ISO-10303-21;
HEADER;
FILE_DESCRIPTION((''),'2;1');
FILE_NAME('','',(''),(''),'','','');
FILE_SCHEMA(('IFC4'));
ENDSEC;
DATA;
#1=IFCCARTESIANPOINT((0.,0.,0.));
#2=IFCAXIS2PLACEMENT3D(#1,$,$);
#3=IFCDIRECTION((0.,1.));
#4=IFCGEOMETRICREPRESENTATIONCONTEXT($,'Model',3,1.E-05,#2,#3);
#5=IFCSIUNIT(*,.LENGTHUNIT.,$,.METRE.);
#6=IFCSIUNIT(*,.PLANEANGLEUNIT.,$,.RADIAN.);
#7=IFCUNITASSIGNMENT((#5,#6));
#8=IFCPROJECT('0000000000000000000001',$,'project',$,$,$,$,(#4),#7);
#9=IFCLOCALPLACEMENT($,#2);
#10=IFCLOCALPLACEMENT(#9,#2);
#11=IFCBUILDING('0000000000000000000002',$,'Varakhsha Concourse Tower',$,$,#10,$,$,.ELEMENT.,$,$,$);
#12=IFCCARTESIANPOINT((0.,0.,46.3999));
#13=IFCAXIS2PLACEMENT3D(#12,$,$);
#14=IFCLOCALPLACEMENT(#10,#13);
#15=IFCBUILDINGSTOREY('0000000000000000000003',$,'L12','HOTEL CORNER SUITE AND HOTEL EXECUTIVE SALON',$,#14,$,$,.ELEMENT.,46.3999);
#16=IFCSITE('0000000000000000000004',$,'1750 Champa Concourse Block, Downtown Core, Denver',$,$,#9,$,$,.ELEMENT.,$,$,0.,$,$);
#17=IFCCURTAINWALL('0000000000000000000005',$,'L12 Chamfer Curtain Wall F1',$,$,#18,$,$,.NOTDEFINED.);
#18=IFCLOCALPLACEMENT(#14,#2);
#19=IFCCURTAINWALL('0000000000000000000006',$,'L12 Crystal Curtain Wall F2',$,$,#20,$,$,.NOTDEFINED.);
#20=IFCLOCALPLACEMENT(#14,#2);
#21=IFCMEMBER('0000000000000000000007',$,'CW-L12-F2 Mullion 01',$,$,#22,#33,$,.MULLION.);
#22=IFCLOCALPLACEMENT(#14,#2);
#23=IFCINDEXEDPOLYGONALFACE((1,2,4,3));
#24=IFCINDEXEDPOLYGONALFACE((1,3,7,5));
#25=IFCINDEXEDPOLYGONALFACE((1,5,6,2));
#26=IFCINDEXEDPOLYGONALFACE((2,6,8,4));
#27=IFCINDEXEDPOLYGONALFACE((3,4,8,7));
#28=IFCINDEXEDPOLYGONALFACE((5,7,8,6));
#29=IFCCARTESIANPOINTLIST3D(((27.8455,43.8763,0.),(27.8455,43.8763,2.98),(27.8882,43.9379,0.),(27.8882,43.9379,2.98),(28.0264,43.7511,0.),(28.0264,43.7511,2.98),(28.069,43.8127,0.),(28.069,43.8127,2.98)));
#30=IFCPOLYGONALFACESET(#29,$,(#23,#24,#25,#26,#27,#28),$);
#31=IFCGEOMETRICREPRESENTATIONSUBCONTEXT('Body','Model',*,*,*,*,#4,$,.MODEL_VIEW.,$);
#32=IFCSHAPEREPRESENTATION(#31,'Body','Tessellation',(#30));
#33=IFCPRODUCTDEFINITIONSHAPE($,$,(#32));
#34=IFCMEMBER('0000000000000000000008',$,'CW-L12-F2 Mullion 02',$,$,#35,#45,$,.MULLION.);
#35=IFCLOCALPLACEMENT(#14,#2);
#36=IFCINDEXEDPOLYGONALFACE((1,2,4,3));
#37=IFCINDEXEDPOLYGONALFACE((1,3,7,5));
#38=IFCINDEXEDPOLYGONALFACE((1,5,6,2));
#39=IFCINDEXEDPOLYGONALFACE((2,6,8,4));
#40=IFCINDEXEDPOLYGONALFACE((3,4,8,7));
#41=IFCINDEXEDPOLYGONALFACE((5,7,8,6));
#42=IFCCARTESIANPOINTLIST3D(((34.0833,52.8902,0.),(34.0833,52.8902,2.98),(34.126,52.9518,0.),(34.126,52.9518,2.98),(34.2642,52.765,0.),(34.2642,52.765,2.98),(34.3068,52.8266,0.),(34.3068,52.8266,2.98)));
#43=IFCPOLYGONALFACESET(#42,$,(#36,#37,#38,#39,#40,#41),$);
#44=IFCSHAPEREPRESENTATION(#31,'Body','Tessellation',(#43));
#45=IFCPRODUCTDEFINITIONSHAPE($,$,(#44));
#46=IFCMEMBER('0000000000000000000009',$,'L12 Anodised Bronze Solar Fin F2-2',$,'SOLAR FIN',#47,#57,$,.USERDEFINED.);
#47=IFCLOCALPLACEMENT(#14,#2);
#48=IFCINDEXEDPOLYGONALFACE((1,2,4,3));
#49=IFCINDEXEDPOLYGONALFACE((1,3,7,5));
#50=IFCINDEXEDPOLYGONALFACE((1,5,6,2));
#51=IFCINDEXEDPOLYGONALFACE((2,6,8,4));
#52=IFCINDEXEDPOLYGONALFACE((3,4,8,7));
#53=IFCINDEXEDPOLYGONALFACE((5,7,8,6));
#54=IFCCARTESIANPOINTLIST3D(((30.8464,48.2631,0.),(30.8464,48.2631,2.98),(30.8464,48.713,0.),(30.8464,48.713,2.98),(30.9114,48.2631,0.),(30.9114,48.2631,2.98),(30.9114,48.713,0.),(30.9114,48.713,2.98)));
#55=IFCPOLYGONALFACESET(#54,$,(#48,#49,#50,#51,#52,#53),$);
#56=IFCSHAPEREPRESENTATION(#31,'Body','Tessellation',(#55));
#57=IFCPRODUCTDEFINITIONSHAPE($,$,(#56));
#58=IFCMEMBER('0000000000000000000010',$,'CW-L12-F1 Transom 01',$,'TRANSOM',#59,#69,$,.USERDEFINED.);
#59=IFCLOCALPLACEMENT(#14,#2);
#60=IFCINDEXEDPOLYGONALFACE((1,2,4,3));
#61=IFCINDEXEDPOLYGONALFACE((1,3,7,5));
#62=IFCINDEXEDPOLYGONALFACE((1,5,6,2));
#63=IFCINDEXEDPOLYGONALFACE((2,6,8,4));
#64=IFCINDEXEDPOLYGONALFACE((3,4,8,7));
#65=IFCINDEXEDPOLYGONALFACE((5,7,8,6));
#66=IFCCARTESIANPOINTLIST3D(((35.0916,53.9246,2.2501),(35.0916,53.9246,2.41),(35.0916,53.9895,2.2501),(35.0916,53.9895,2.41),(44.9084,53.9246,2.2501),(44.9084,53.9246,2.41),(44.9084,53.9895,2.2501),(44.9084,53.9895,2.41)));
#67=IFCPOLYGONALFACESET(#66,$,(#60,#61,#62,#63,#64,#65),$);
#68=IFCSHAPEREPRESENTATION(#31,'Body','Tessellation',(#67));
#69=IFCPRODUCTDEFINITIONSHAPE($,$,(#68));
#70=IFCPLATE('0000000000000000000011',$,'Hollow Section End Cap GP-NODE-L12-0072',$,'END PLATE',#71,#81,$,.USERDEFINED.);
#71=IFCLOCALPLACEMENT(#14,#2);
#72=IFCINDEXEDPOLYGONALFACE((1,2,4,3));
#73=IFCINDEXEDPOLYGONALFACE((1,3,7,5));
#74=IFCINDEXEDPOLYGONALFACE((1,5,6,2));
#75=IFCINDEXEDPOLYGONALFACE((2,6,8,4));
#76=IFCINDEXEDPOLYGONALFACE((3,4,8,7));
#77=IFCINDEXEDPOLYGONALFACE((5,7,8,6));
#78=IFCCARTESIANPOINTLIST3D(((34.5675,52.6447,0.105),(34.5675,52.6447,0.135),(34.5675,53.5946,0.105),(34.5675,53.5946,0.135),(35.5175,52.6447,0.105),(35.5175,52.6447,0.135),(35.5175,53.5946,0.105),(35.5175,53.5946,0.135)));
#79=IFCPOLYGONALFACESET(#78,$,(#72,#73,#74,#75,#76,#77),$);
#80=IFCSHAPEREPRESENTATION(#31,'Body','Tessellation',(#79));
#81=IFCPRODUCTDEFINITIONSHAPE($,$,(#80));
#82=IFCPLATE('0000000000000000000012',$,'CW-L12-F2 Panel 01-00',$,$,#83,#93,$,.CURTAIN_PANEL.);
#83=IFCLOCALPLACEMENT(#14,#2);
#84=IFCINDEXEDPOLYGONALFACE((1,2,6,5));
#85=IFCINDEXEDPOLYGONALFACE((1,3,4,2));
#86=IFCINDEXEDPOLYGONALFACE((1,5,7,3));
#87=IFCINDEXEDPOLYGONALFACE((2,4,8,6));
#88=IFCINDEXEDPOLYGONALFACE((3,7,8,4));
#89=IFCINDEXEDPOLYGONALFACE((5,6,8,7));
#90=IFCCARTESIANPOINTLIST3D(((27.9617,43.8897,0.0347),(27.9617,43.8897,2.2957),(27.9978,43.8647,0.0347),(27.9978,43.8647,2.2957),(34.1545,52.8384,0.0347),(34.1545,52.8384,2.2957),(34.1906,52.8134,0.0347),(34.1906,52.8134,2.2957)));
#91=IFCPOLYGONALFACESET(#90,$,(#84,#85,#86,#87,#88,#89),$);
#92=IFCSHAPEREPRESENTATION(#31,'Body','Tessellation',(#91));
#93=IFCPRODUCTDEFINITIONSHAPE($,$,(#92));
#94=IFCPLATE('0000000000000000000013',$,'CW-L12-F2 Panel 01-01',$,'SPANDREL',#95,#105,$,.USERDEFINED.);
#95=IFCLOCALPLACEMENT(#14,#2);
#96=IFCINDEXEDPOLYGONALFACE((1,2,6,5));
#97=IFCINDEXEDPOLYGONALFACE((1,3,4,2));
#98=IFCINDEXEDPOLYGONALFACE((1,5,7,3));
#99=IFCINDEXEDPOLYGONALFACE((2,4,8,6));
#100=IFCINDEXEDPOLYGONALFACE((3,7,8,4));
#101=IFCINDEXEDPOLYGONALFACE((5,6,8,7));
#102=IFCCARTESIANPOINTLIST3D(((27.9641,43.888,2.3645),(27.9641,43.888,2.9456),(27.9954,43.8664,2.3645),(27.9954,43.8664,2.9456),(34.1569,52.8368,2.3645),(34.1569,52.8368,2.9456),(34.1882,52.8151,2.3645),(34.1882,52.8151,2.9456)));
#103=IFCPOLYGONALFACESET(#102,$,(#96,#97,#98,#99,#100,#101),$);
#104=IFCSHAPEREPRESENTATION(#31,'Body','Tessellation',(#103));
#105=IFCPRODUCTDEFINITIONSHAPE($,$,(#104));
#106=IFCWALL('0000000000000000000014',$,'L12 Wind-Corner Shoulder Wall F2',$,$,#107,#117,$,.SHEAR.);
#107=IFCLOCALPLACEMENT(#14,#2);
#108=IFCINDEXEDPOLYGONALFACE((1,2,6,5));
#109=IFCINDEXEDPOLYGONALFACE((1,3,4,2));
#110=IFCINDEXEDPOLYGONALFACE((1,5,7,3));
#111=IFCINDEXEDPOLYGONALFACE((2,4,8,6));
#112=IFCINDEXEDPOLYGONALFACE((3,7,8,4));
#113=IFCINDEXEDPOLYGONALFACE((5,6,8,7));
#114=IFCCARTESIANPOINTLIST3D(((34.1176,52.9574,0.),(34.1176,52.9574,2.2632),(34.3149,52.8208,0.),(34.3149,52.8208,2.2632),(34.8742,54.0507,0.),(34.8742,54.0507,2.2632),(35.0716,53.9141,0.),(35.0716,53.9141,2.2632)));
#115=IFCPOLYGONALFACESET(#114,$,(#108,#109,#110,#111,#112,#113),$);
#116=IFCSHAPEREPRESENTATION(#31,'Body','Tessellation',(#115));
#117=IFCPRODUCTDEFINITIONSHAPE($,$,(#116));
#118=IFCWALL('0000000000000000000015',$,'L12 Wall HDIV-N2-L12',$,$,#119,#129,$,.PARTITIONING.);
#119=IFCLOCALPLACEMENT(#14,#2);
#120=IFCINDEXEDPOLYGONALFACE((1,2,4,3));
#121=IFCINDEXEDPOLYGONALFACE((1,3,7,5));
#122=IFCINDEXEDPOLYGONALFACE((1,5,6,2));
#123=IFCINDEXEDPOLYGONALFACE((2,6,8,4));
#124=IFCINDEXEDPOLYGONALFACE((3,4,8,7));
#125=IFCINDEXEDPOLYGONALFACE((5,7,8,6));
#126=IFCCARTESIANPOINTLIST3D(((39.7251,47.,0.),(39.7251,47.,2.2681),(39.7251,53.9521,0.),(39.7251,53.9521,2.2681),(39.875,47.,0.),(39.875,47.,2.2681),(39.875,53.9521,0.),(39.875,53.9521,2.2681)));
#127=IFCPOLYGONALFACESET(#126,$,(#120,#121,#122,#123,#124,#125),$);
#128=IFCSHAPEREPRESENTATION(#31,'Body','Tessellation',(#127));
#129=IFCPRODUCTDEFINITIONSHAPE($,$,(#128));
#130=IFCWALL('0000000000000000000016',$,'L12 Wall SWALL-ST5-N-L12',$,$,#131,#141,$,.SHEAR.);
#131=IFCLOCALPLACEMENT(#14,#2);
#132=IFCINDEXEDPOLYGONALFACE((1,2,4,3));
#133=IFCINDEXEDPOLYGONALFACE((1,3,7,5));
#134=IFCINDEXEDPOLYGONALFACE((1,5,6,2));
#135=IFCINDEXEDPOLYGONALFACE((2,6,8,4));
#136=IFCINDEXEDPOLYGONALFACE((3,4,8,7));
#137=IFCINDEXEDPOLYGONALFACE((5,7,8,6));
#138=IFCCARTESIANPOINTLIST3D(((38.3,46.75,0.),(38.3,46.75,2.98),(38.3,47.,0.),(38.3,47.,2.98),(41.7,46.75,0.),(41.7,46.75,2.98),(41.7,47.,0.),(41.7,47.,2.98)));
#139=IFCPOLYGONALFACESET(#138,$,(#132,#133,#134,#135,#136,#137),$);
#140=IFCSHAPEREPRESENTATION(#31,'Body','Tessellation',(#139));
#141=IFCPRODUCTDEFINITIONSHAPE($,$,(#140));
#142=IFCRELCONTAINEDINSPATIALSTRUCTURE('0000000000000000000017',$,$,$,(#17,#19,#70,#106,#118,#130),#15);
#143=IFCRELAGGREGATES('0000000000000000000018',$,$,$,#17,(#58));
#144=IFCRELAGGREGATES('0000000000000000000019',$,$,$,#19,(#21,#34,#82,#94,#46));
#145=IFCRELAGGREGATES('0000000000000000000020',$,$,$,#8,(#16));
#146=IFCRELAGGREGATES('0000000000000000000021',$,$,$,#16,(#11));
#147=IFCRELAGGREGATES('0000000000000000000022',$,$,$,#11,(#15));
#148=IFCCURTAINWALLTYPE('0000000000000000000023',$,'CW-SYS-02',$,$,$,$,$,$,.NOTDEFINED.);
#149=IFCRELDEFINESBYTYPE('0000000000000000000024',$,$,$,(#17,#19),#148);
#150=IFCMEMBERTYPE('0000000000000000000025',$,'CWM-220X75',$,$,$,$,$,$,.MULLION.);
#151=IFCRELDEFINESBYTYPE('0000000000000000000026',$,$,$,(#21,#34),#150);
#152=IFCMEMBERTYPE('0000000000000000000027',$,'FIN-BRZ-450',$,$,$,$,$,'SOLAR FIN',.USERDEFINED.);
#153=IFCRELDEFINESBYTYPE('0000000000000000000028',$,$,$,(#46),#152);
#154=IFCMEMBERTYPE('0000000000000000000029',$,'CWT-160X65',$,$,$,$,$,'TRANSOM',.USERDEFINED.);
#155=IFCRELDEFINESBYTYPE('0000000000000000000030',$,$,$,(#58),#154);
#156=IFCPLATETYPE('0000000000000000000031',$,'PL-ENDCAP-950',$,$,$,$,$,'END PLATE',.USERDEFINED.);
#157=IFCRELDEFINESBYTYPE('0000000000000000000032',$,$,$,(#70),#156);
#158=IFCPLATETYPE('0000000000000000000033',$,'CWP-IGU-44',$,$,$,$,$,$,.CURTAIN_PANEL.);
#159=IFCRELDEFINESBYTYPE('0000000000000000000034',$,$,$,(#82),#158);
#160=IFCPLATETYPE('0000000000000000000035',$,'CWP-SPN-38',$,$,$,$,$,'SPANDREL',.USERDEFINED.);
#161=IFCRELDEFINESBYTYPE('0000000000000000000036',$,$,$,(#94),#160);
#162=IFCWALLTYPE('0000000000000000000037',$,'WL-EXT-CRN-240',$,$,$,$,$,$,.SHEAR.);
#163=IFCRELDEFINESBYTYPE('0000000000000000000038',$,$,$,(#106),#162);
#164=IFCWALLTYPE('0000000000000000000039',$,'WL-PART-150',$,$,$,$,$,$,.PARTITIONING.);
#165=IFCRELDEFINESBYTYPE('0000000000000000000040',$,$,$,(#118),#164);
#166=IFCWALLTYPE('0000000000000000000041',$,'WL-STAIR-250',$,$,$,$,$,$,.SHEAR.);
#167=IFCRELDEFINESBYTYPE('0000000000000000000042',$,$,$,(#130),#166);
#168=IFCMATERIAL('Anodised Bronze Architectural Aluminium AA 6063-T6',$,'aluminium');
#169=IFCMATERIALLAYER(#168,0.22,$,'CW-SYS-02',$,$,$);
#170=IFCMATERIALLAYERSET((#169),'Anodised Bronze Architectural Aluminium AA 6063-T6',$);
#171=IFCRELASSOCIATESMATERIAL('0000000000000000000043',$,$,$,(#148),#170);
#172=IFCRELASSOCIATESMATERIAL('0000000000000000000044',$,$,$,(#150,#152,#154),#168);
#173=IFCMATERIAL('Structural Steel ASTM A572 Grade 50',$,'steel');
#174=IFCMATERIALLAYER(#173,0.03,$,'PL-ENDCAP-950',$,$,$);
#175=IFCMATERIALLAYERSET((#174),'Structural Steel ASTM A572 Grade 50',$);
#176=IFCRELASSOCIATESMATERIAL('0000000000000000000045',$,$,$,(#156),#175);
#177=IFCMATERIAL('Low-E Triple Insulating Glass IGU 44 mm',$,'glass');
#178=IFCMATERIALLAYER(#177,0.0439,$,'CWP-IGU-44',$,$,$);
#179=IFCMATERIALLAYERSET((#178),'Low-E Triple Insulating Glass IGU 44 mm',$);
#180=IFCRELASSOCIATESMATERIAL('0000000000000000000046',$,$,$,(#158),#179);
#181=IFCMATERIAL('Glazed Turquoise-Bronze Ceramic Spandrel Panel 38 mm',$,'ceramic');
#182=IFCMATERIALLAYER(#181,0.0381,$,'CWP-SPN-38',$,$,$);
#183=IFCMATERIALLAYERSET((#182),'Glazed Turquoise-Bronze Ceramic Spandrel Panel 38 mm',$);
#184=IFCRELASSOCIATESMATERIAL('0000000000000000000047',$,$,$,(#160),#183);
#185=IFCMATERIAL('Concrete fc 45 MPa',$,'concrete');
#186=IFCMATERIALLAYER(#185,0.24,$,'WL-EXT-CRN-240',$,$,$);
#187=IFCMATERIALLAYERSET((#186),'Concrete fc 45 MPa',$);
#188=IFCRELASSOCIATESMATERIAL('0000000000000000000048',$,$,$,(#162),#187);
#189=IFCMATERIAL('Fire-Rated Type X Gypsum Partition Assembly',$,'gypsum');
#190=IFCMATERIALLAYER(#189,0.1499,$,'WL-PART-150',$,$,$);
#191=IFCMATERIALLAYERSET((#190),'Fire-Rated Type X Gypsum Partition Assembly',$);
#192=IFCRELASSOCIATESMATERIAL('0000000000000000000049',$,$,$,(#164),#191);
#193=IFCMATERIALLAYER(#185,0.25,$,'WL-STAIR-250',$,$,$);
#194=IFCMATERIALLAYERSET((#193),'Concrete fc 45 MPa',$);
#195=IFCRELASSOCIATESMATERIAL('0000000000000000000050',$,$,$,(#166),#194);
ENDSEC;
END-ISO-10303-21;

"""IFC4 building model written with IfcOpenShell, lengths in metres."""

from ifc_helpers import new_model, si_unit, direction, frame, frame_2d, origin, origin_2d, place, context, subcontext, project, spatial, rectangle, extrude, source, transform, mapped, material, layer, layer_set, material_profile, profile_set, type_object, type_shapes, element, aggregate, save


model = new_model("IFC4")

# Units and contexts
model_context = context("Model", 3, precision=1e-05, world=origin(), true_north=direction((0.0, 1.0)))
body_context = subcontext(model_context, "Body", "Model", "MODEL_VIEW")
ifc_project = project(units=[si_unit("LENGTHUNIT", "METRE"), si_unit("PLANEANGLEUNIT", "RADIAN")], contexts=[model_context])

# Site, building, storey
site_placement = place(None, origin())
site = spatial("IfcSite", under=ifc_project, at=site_placement, Name="1750 Champa Concourse Block, Downtown Core, Denver", CompositionType="ELEMENT", RefElevation=0.0)
building_placement = place(site_placement, origin())
building = spatial("IfcBuilding", under=site, at=building_placement, Name="Varakhsha Concourse Tower", CompositionType="ELEMENT")
storey_placement = place(building_placement, frame((0.0, 0.0, 46.3999)))
storey = spatial("IfcBuildingStorey", under=building, at=storey_placement, Name="L12", Description="HOTEL CORNER SUITE AND HOTEL EXECUTIVE SALON", CompositionType="ELEMENT", Elevation=46.3999)

# Shared definitions
ifc_material_1 = material(Name="Structural Steel ASTM A572 Grade 50", Category="steel")

# Curtain wall
ifc_material_2 = material(Name="Anodised Bronze Architectural Aluminium AA 6063-T6", Category="aluminium")
ifc_layer_1 = layer(ifc_material_2, 0.22, Name="CW-SYS-02")
ifc_layer_set_1 = layer_set([ifc_layer_1], Name="Anodised Bronze Architectural Aluminium AA 6063-T6")
curtain_wall_type = type_object("IfcCurtainWallType", Name="CW-SYS-02", PredefinedType="NOTDEFINED", material=ifc_layer_set_1)
curtain_wall_1_placement = place(storey_placement, origin())
curtain_wall_1 = element("IfcCurtainWall", 1, at=curtain_wall_1_placement, inside=storey, type_object=curtain_wall_type, Name="L12 Chamfer Curtain Wall F1", PredefinedType="NOTDEFINED")
ifc_material_profile_1 = material_profile(ifc_material_2, rectangle(XDim=0.075, YDim=0.22, at=origin_2d()), Name="CWM-220X75")
ifc_profile_set_1 = profile_set([ifc_material_profile_1], Name="Anodised Bronze Architectural Aluminium AA 6063-T6")
member_type_1 = type_object("IfcMemberType", Name="CWM-220X75", PredefinedType="MULLION", material=ifc_profile_set_1)
shared_shape_1 = source(origin(), body_context, "Body", "SweptSolid", [
    extrude(rectangle(XDim=0.075, YDim=0.22, at=origin_2d()), origin(), (0.0, 0.0, 1.0), 2.98),
])
type_shapes(member_type_1, [shared_shape_1])

# Curtain wall, members
curtain_wall_2_placement = place(storey_placement, origin())
curtain_wall_2 = element("IfcCurtainWall", 2, at=curtain_wall_2_placement, inside=storey, type_object=curtain_wall_type, Name="L12 Crystal Curtain Wall F2", PredefinedType="NOTDEFINED")
member_1_placement = place(storey_placement, frame((27.9573, 43.8445, 0.0), z_axis=(0.0, 0.0, 1.0), x_axis=(0.569057, 0.822298, 0.0)))
member_1 = element("IfcMember", 3, at=member_1_placement, type_object=member_type_1, Name="CW-L12-F2 Mullion 01", PredefinedType="MULLION", context=body_context, shape_type="MappedRepresentation", body=[
    mapped(shared_shape_1, transform((0.0, 0.0, 0.0), scale=1.0)),
])
member_2_placement = place(storey_placement, frame((34.1951, 52.8584, 0.0), z_axis=(0.0, 0.0, 1.0), x_axis=(0.569057, 0.822298, 0.0)))
member_2 = element("IfcMember", 4, at=member_2_placement, type_object=member_type_1, Name="CW-L12-F2 Mullion 02", PredefinedType="MULLION", context=body_context, shape_type="MappedRepresentation", body=[
    mapped(shared_shape_1, transform((0.0, 0.0, 0.0), scale=1.0)),
])
ifc_material_profile_2 = material_profile(ifc_material_2, rectangle(XDim=0.0649, YDim=0.45, at=origin_2d()), Name="FIN-BRZ-450")
ifc_profile_set_2 = profile_set([ifc_material_profile_2], Name="Anodised Bronze Architectural Aluminium AA 6063-T6")
member_type_2 = type_object("IfcMemberType", Name="FIN-BRZ-450", ElementType="SOLAR FIN", PredefinedType="USERDEFINED", material=ifc_profile_set_2)
shared_shape_2 = source(origin(), body_context, "Body", "SweptSolid", [
    extrude(rectangle(XDim=0.0649, YDim=0.45, at=origin_2d()), origin(), (0.0, 0.0, 1.0), 2.98),
])
type_shapes(member_type_2, [shared_shape_2])
member_3_placement = place(storey_placement, frame((30.8789, 48.488, 0.0), z_axis=(0.0, 0.0, 1.0), x_axis=(1.0, 0.0, 0.0)))
member_3 = element("IfcMember", 5, at=member_3_placement, type_object=member_type_2, Name="L12 Anodised Bronze Solar Fin F2-2", ObjectType="SOLAR FIN", PredefinedType="USERDEFINED", context=body_context, shape_type="MappedRepresentation", body=[
    mapped(shared_shape_2, transform((0.0, 0.0, 0.0), scale=1.0)),
])

# Member
ifc_material_profile_3 = material_profile(ifc_material_2, rectangle(XDim=0.0649, YDim=0.1599, at=origin_2d()), Name="CWT-160X65")
ifc_profile_set_3 = profile_set([ifc_material_profile_3], Name="Anodised Bronze Architectural Aluminium AA 6063-T6")
member_type_3 = type_object("IfcMemberType", Name="CWT-160X65", ElementType="TRANSOM", PredefinedType="USERDEFINED", material=ifc_profile_set_3)
shared_shape_3 = source(origin(), body_context, "Body", "SweptSolid", [
    extrude(rectangle(XDim=0.0649, YDim=0.1599, at=origin_2d()), origin(), (0.0, 0.0, 1.0), 9.8169),
])
type_shapes(member_type_3, [shared_shape_3])
member_4_placement = place(storey_placement, frame((35.0916, 53.957, 2.3301), z_axis=(1.0, 0.0, 0.0), x_axis=(0.0, 1.0, 0.0)))
member_4 = element("IfcMember", 6, at=member_4_placement, type_object=member_type_3, Name="CW-L12-F1 Transom 01", ObjectType="TRANSOM", PredefinedType="USERDEFINED", context=body_context, shape_type="MappedRepresentation", body=[
    mapped(shared_shape_3, transform((0.0, 0.0, 0.0), scale=1.0)),
])
aggregate(curtain_wall_1, [member_4])

# Plates
ifc_layer_2 = layer(ifc_material_1, 0.03, Name="PL-ENDCAP-950")
ifc_layer_set_2 = layer_set([ifc_layer_2], Name="Structural Steel ASTM A572 Grade 50")
plate_type_1 = type_object("IfcPlateType", Name="PL-ENDCAP-950", ElementType="END PLATE", PredefinedType="USERDEFINED", material=ifc_layer_set_2)
shared_shape_4 = source(origin(), body_context, "Body", "SweptSolid", [
    extrude(rectangle(XDim=0.95, YDim=0.95, at=origin_2d()), origin(), (0.0, 0.0, 1.0), 0.03),
])
type_shapes(plate_type_1, [shared_shape_4])
plate_1_placement = place(storey_placement, frame((35.0425, 53.1196, 0.105), z_axis=(0.0, 0.0, 1.0), x_axis=(1.0, 0.0, 0.0)))
element("IfcPlate", 7, at=plate_1_placement, inside=storey, type_object=plate_type_1, Name="Hollow Section End Cap GP-NODE-L12-0072", ObjectType="END PLATE", PredefinedType="USERDEFINED", context=body_context, shape_type="MappedRepresentation", body=[
    mapped(shared_shape_4, transform((0.0, 0.0, 0.0), scale=1.0)),
])
ifc_material_3 = material(Name="Low-E Triple Insulating Glass IGU 44 mm", Category="glass")
ifc_layer_3 = layer(ifc_material_3, 0.0439, Name="CWP-IGU-44")
ifc_layer_set_3 = layer_set([ifc_layer_3], Name="Low-E Triple Insulating Glass IGU 44 mm")
plate_type_2 = type_object("IfcPlateType", Name="CWP-IGU-44", PredefinedType="CURTAIN_PANEL", material=ifc_layer_set_3)
shared_shape_5 = source(origin(), body_context, "Body", "SweptSolid", [
    extrude(rectangle(XDim=10.8826, YDim=0.0439, at=origin_2d()), origin(), (0.0, 0.0, 1.0), 2.261),
])
type_shapes(plate_type_2, [shared_shape_5])
plate_2_placement = place(storey_placement, frame((31.0762, 48.3516, 0.0347), z_axis=(0.0, 0.0, 1.0), x_axis=(0.569057, 0.822298, 0.0)))
plate_2 = element("IfcPlate", 8, at=plate_2_placement, type_object=plate_type_2, Name="CW-L12-F2 Panel 01-00", PredefinedType="CURTAIN_PANEL", context=body_context, shape_type="MappedRepresentation", body=[
    mapped(shared_shape_5, transform((0.0, 0.0, 0.0), scale=1.0)),
])
ifc_material_4 = material(Name="Glazed Turquoise-Bronze Ceramic Spandrel Panel 38 mm", Category="ceramic")
ifc_layer_4 = layer(ifc_material_4, 0.0381, Name="CWP-SPN-38")
ifc_layer_set_4 = layer_set([ifc_layer_4], Name="Glazed Turquoise-Bronze Ceramic Spandrel Panel 38 mm")
plate_type_3 = type_object("IfcPlateType", Name="CWP-SPN-38", ElementType="SPANDREL", PredefinedType="USERDEFINED", material=ifc_layer_set_4)
shared_shape_6 = source(origin(), body_context, "Body", "SweptSolid", [
    extrude(rectangle(XDim=10.8826, YDim=0.0381, at=origin_2d()), origin(), (0.0, 0.0, 1.0), 0.5811),
])
type_shapes(plate_type_3, [shared_shape_6])
plate_3_placement = place(storey_placement, frame((31.0762, 48.3516, 2.3645), z_axis=(0.0, 0.0, 1.0), x_axis=(0.569057, 0.822298, 0.0)))
plate_3 = element("IfcPlate", 9, at=plate_3_placement, type_object=plate_type_3, Name="CW-L12-F2 Panel 01-01", ObjectType="SPANDREL", PredefinedType="USERDEFINED", context=body_context, shape_type="MappedRepresentation", body=[
    mapped(shared_shape_6, transform((0.0, 0.0, 0.0), scale=1.0)),
])
aggregate(curtain_wall_2, [member_1, member_2, plate_2, plate_3, member_3])

# Walls
ifc_material_5 = material(Name="Concrete fc 45 MPa", Category="concrete")
ifc_layer_5 = layer(ifc_material_5, 0.24, Name="WL-EXT-CRN-240")
ifc_layer_set_5 = layer_set([ifc_layer_5], Name="Concrete fc 45 MPa")
wall_type_1 = type_object("IfcWallType", Name="WL-EXT-CRN-240", PredefinedType="SHEAR", material=ifc_layer_set_5)
wall_1_placement = place(storey_placement, frame((34.9729, 53.9824, 0.0), z_axis=(0.0, 0.0, 1.0), x_axis=(-0.569067, -0.822291, 0.0)))
element("IfcWall", 10, at=wall_1_placement, inside=storey, type_object=wall_type_1, Name="L12 Wind-Corner Shoulder Wall F2", PredefinedType="SHEAR", context=body_context, shape_type="SweptSolid", body=[
    extrude(rectangle(XDim=1.3296, YDim=0.24, at=frame_2d((0.6648, 0.0))), origin(), (0.0, 0.0, 1.0), 2.2632),
])
ifc_material_6 = material(Name="Fire-Rated Type X Gypsum Partition Assembly", Category="gypsum")
ifc_layer_6 = layer(ifc_material_6, 0.1499, Name="WL-PART-150")
ifc_layer_set_6 = layer_set([ifc_layer_6], Name="Fire-Rated Type X Gypsum Partition Assembly")
wall_type_2 = type_object("IfcWallType", Name="WL-PART-150", PredefinedType="PARTITIONING", material=ifc_layer_set_6)
wall_2_placement = place(storey_placement, frame((39.8, 47.0, 0.0), z_axis=(0.0, 0.0, 1.0), x_axis=(0.0, 1.0, 0.0)))
element("IfcWall", 11, at=wall_2_placement, inside=storey, type_object=wall_type_2, Name="L12 Wall HDIV-N2-L12", PredefinedType="PARTITIONING", context=body_context, shape_type="SweptSolid", body=[
    extrude(rectangle(XDim=6.9521, YDim=0.1499, at=frame_2d((3.4761, 0.0))), origin(), (0.0, 0.0, 1.0), 2.2681),
])
ifc_layer_7 = layer(ifc_material_5, 0.25, Name="WL-STAIR-250")
ifc_layer_set_7 = layer_set([ifc_layer_7], Name="Concrete fc 45 MPa")
wall_type_3 = type_object("IfcWallType", Name="WL-STAIR-250", PredefinedType="SHEAR", material=ifc_layer_set_7)
wall_3_placement = place(storey_placement, frame((38.3, 46.875, 0.0), z_axis=(0.0, 0.0, 1.0), x_axis=(1.0, 0.0, 0.0)))
element("IfcWall", 12, at=wall_3_placement, inside=storey, type_object=wall_type_3, Name="L12 Wall SWALL-ST5-N-L12", PredefinedType="SHEAR", context=body_context, shape_type="SweptSolid", body=[
    extrude(rectangle(XDim=3.3999, YDim=0.25, at=frame_2d((1.7, 0.0))), origin(), (0.0, 0.0, 1.0), 2.98),
])

save(model, "model.ifc")
